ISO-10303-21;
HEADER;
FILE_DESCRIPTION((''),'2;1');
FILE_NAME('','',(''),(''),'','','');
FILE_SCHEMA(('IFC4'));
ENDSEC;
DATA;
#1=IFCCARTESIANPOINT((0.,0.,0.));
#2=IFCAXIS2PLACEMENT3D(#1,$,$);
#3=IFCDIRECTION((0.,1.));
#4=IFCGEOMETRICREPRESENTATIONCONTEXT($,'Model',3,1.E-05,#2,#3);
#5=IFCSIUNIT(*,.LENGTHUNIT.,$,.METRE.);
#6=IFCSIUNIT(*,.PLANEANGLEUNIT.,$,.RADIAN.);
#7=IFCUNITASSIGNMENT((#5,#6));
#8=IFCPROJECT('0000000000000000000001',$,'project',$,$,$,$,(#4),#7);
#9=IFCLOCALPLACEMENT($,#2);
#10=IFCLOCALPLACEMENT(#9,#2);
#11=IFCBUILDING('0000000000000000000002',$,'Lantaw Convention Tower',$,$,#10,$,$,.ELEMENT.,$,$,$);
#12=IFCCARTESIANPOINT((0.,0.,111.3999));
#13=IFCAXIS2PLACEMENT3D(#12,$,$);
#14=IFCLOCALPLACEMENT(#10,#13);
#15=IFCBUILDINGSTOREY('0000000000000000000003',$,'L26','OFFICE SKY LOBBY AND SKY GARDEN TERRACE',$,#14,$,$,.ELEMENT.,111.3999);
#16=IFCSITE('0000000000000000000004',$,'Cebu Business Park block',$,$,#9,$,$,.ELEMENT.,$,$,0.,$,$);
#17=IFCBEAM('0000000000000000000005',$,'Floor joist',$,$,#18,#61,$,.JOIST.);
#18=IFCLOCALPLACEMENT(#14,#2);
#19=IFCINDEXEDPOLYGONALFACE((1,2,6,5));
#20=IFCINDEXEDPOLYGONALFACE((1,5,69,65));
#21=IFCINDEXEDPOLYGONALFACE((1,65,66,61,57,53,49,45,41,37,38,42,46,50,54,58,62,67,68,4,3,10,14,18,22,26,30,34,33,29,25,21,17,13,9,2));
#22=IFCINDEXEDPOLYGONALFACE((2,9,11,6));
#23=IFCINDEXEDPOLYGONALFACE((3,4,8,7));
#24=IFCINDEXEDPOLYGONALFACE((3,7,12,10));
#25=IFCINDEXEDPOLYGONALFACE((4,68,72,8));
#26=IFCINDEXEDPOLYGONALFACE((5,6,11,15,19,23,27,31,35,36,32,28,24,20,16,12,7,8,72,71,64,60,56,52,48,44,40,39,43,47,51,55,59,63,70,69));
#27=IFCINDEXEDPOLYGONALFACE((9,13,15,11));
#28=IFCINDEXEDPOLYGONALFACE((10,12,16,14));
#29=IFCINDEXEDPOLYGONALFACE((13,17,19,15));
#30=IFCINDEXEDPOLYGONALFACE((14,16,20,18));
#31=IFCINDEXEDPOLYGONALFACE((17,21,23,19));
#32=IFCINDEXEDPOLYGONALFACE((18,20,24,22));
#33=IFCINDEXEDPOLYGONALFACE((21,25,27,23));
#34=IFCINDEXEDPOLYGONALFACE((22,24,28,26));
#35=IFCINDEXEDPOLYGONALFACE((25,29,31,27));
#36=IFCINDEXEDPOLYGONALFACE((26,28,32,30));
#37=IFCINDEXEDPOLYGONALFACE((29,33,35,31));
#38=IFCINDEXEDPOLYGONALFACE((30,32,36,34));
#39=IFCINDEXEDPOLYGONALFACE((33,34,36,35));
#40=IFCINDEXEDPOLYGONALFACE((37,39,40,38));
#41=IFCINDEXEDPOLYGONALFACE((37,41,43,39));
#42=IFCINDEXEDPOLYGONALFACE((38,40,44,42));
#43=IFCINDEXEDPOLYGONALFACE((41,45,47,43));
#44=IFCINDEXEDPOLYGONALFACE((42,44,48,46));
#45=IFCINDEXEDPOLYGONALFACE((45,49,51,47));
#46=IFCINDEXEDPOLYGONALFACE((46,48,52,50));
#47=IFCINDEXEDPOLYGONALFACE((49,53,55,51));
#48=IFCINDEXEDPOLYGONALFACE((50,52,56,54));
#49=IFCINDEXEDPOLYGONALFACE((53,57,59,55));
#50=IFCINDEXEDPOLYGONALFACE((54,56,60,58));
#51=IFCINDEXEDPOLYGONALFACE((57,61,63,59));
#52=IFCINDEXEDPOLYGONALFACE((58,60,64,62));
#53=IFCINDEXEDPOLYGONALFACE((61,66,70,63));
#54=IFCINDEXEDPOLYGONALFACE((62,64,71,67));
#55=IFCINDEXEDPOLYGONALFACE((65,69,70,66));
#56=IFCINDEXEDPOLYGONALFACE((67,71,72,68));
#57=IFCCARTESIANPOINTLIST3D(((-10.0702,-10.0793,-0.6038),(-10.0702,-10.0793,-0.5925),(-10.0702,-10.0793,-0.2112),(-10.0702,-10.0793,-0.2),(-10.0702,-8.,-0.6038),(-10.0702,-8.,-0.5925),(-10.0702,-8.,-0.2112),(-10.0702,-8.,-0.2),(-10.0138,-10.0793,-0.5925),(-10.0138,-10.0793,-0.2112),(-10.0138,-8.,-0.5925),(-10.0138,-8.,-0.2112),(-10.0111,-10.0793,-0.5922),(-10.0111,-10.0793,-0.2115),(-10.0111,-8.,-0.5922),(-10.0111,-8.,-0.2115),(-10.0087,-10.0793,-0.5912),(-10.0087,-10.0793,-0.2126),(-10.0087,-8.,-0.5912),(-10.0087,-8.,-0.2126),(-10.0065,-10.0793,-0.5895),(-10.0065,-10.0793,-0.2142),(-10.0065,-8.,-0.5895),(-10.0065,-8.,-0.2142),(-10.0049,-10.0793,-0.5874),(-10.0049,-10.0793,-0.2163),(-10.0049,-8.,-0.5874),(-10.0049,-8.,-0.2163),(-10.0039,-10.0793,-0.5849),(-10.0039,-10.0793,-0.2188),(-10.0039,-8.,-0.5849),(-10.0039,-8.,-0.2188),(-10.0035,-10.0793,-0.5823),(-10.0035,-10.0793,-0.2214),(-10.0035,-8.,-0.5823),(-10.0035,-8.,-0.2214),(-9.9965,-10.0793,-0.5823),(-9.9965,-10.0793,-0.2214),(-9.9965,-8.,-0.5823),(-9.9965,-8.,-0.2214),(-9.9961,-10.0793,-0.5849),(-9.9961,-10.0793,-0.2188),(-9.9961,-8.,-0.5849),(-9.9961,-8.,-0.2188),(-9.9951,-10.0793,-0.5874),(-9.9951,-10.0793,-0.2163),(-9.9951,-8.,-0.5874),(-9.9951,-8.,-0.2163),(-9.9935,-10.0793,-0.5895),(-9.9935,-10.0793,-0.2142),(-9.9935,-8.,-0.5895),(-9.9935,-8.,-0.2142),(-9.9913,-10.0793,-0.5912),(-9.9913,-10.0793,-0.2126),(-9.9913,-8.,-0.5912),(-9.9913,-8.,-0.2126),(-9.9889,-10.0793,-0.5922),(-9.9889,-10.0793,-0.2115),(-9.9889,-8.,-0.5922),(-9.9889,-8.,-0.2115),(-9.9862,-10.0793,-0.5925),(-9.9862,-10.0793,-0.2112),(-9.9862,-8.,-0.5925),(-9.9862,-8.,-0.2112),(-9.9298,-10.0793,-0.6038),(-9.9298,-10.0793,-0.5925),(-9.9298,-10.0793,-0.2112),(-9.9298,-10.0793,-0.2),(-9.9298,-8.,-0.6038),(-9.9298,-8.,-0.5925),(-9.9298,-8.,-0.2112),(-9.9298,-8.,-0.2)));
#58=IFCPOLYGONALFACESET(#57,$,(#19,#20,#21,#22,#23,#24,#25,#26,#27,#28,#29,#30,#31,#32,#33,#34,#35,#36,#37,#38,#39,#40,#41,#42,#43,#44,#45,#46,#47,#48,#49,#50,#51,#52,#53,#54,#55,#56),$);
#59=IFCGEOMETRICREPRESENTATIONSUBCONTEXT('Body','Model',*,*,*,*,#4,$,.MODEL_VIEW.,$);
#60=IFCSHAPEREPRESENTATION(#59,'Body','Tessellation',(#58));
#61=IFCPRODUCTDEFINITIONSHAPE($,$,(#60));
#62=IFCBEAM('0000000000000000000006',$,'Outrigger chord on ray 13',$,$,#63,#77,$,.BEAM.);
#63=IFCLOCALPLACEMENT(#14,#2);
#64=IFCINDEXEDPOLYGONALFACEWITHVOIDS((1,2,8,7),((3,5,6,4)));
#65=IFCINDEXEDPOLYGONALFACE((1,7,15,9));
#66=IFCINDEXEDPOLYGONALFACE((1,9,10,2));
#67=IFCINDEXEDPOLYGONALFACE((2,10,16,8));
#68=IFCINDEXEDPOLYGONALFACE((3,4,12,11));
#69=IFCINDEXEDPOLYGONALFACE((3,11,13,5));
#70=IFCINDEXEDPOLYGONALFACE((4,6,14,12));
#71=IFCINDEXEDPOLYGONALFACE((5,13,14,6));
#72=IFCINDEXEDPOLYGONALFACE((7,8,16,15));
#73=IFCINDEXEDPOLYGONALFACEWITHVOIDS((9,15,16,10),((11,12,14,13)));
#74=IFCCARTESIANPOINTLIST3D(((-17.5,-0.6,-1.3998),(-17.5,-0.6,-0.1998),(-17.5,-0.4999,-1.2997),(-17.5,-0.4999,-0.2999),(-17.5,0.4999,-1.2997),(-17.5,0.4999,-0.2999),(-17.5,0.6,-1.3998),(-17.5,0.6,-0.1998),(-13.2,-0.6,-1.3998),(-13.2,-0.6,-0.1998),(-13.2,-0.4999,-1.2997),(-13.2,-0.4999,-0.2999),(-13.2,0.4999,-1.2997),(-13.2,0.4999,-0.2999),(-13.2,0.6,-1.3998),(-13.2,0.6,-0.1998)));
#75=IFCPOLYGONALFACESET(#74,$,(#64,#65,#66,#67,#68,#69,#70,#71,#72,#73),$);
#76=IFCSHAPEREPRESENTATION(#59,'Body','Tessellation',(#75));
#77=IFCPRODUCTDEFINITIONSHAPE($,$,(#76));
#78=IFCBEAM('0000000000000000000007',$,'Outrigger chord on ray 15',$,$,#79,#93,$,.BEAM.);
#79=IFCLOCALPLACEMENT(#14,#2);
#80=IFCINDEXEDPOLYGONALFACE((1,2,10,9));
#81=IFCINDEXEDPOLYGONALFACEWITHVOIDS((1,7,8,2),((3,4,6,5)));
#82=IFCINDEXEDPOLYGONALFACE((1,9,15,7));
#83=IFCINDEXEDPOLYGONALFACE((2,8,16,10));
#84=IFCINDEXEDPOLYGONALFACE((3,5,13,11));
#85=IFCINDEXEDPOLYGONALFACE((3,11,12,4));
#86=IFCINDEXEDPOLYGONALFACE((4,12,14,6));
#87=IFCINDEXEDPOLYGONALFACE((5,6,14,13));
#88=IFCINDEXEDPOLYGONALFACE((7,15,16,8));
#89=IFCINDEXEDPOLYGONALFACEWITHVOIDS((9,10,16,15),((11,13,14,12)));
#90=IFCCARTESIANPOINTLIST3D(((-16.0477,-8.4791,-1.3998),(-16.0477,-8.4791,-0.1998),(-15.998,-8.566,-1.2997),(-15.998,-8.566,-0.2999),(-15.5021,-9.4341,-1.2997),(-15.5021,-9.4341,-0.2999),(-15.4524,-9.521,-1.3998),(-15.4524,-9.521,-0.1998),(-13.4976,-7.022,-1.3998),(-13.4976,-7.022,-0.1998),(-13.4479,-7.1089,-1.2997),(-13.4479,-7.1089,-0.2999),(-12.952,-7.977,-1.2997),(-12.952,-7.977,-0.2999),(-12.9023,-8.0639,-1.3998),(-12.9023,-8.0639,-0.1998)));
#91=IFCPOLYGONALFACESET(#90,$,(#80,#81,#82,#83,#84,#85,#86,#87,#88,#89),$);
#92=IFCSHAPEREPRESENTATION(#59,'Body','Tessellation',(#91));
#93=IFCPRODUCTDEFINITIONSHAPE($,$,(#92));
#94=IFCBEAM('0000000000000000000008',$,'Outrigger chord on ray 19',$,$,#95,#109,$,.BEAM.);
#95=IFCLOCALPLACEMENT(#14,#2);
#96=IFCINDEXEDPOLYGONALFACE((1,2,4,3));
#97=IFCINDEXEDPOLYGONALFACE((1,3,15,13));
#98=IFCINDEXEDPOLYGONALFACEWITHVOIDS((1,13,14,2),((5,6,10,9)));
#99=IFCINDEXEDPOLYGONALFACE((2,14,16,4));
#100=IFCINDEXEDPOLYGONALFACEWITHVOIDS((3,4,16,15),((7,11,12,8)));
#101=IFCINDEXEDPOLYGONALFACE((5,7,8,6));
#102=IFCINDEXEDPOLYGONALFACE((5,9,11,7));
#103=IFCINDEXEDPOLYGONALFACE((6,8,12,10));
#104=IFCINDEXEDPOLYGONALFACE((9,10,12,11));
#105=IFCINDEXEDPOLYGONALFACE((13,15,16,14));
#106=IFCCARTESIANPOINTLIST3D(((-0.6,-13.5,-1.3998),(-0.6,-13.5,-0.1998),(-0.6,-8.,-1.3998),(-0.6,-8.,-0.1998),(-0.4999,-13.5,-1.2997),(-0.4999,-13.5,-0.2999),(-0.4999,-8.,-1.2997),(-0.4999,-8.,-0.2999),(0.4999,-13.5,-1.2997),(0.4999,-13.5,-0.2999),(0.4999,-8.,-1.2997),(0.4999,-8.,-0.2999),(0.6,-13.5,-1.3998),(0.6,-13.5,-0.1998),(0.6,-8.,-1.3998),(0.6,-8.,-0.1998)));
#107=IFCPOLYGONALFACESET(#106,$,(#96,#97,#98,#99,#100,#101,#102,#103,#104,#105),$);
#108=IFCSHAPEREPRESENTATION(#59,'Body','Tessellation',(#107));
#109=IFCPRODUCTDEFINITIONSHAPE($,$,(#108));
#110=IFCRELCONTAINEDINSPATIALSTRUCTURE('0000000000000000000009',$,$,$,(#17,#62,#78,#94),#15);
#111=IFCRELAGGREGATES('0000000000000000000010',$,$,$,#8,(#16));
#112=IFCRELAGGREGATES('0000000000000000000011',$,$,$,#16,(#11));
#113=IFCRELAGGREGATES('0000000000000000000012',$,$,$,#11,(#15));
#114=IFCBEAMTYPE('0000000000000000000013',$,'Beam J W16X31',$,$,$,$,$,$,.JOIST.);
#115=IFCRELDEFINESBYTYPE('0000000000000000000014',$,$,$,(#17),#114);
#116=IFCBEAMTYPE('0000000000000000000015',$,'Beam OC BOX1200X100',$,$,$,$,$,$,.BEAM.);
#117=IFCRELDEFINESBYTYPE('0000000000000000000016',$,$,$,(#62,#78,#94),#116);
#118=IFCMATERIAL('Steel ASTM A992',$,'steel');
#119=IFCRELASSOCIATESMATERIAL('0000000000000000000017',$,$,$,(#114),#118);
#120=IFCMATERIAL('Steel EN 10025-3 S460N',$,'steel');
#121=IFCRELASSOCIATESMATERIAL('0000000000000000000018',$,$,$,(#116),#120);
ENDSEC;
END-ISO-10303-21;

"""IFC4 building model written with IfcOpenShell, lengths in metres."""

from ifc_helpers import new_model, si_unit, direction, frame, origin, origin_2d, place, context, subcontext, project, spatial, hollow_rectangle, i_section, extrude, material, material_profile, profile_set, type_object, element, save


model = new_model("IFC4")

# Units and contexts
model_context = context("Model", 3, precision=1e-05, world=origin(), true_north=direction((0.0, 1.0)))
body_context = subcontext(model_context, "Body", "Model", "MODEL_VIEW")
ifc_project = project(units=[si_unit("LENGTHUNIT", "METRE"), si_unit("PLANEANGLEUNIT", "RADIAN")], contexts=[model_context])

# Site, building, storey
site_placement = place(None, origin())
site = spatial("IfcSite", under=ifc_project, at=site_placement, Name="Cebu Business Park block", CompositionType="ELEMENT", RefElevation=0.0)
building_placement = place(site_placement, origin())
building = spatial("IfcBuilding", under=site, at=building_placement, Name="Lantaw Convention Tower", CompositionType="ELEMENT")
storey_placement = place(building_placement, frame((0.0, 0.0, 111.3999)))
storey = spatial("IfcBuildingStorey", under=building, at=storey_placement, Name="L26", Description="OFFICE SKY LOBBY AND SKY GARDEN TERRACE", CompositionType="ELEMENT", Elevation=111.3999)

# Beams
ifc_material_1 = material(Name="Steel ASTM A992", Category="steel")
ifc_material_profile_1 = material_profile(ifc_material_1, i_section(OverallWidth=0.1404, OverallDepth=0.4038, WebThickness=0.0071, FlangeThickness=0.0112, FilletRadius=0.0103, at=origin_2d()), Name="W16X31")
ifc_profile_set_1 = profile_set([ifc_material_profile_1], Name="Steel ASTM A992")
beam_type_1 = type_object("IfcBeamType", Name="Beam J W16X31", PredefinedType="JOIST", material=ifc_profile_set_1)
beam_1_placement = place(storey_placement, frame((-10.0, -10.0793, -0.4019), z_axis=(0.0, 1.0, 0.0), x_axis=(-1.0, 0.0, 0.0)))
element("IfcBeam", 1, at=beam_1_placement, inside=storey, type_object=beam_type_1, Name="Floor joist", PredefinedType="JOIST", context=body_context, shape_type="SweptSolid", body=[
    extrude(i_section(OverallWidth=0.1404, OverallDepth=0.4038, WebThickness=0.0071, FlangeThickness=0.0112, FilletRadius=0.0103, at=origin_2d()), origin(), (0.0, 0.0, 1.0), 2.0793),
])
ifc_material_2 = material(Name="Steel EN 10025-3 S460N", Category="steel")
ifc_material_profile_2 = material_profile(ifc_material_2, hollow_rectangle(XDim=1.2, YDim=1.2, WallThickness=0.1001, at=origin_2d()), Name="BOX1200X100")
ifc_profile_set_2 = profile_set([ifc_material_profile_2], Name="Steel EN 10025-3 S460N")
beam_type_2 = type_object("IfcBeamType", Name="Beam OC BOX1200X100", PredefinedType="BEAM", material=ifc_profile_set_2)
beam_2_placement = place(storey_placement, frame((-13.2, 0.0, -0.7998), z_axis=(-1.0, 0.0, 0.0), x_axis=(0.0, -1.0, 0.0)))
element("IfcBeam", 2, at=beam_2_placement, inside=storey, type_object=beam_type_2, Name="Outrigger chord on ray 13", PredefinedType="BEAM", context=body_context, shape_type="SweptSolid", body=[
    extrude(hollow_rectangle(XDim=1.2, YDim=1.2, WallThickness=0.1001, at=origin_2d()), origin(), (0.0, 0.0, 1.0), 4.3),
])
beam_3_placement = place(storey_placement, frame((-13.2, -7.543, -0.7998), z_axis=(-0.868264, -0.496103, 0.0), x_axis=(0.496103, -0.868264, 0.0)))
element("IfcBeam", 3, at=beam_3_placement, inside=storey, type_object=beam_type_2, Name="Outrigger chord on ray 15", PredefinedType="BEAM", context=body_context, shape_type="SweptSolid", body=[
    extrude(hollow_rectangle(XDim=1.2, YDim=1.2, WallThickness=0.1001, at=origin_2d()), origin(), (0.0, 0.0, 1.0), 2.937),
])
beam_4_placement = place(storey_placement, frame((0.0, -8.0, -0.7998), z_axis=(0.0, -1.0, 0.0), x_axis=(1.0, 0.0, 0.0)))
element("IfcBeam", 4, at=beam_4_placement, inside=storey, type_object=beam_type_2, Name="Outrigger chord on ray 19", PredefinedType="BEAM", context=body_context, shape_type="SweptSolid", body=[
    extrude(hollow_rectangle(XDim=1.2, YDim=1.2, WallThickness=0.1001, at=origin_2d()), origin(), (0.0, 0.0, 1.0), 5.5),
])

save(model, "model.ifc")
